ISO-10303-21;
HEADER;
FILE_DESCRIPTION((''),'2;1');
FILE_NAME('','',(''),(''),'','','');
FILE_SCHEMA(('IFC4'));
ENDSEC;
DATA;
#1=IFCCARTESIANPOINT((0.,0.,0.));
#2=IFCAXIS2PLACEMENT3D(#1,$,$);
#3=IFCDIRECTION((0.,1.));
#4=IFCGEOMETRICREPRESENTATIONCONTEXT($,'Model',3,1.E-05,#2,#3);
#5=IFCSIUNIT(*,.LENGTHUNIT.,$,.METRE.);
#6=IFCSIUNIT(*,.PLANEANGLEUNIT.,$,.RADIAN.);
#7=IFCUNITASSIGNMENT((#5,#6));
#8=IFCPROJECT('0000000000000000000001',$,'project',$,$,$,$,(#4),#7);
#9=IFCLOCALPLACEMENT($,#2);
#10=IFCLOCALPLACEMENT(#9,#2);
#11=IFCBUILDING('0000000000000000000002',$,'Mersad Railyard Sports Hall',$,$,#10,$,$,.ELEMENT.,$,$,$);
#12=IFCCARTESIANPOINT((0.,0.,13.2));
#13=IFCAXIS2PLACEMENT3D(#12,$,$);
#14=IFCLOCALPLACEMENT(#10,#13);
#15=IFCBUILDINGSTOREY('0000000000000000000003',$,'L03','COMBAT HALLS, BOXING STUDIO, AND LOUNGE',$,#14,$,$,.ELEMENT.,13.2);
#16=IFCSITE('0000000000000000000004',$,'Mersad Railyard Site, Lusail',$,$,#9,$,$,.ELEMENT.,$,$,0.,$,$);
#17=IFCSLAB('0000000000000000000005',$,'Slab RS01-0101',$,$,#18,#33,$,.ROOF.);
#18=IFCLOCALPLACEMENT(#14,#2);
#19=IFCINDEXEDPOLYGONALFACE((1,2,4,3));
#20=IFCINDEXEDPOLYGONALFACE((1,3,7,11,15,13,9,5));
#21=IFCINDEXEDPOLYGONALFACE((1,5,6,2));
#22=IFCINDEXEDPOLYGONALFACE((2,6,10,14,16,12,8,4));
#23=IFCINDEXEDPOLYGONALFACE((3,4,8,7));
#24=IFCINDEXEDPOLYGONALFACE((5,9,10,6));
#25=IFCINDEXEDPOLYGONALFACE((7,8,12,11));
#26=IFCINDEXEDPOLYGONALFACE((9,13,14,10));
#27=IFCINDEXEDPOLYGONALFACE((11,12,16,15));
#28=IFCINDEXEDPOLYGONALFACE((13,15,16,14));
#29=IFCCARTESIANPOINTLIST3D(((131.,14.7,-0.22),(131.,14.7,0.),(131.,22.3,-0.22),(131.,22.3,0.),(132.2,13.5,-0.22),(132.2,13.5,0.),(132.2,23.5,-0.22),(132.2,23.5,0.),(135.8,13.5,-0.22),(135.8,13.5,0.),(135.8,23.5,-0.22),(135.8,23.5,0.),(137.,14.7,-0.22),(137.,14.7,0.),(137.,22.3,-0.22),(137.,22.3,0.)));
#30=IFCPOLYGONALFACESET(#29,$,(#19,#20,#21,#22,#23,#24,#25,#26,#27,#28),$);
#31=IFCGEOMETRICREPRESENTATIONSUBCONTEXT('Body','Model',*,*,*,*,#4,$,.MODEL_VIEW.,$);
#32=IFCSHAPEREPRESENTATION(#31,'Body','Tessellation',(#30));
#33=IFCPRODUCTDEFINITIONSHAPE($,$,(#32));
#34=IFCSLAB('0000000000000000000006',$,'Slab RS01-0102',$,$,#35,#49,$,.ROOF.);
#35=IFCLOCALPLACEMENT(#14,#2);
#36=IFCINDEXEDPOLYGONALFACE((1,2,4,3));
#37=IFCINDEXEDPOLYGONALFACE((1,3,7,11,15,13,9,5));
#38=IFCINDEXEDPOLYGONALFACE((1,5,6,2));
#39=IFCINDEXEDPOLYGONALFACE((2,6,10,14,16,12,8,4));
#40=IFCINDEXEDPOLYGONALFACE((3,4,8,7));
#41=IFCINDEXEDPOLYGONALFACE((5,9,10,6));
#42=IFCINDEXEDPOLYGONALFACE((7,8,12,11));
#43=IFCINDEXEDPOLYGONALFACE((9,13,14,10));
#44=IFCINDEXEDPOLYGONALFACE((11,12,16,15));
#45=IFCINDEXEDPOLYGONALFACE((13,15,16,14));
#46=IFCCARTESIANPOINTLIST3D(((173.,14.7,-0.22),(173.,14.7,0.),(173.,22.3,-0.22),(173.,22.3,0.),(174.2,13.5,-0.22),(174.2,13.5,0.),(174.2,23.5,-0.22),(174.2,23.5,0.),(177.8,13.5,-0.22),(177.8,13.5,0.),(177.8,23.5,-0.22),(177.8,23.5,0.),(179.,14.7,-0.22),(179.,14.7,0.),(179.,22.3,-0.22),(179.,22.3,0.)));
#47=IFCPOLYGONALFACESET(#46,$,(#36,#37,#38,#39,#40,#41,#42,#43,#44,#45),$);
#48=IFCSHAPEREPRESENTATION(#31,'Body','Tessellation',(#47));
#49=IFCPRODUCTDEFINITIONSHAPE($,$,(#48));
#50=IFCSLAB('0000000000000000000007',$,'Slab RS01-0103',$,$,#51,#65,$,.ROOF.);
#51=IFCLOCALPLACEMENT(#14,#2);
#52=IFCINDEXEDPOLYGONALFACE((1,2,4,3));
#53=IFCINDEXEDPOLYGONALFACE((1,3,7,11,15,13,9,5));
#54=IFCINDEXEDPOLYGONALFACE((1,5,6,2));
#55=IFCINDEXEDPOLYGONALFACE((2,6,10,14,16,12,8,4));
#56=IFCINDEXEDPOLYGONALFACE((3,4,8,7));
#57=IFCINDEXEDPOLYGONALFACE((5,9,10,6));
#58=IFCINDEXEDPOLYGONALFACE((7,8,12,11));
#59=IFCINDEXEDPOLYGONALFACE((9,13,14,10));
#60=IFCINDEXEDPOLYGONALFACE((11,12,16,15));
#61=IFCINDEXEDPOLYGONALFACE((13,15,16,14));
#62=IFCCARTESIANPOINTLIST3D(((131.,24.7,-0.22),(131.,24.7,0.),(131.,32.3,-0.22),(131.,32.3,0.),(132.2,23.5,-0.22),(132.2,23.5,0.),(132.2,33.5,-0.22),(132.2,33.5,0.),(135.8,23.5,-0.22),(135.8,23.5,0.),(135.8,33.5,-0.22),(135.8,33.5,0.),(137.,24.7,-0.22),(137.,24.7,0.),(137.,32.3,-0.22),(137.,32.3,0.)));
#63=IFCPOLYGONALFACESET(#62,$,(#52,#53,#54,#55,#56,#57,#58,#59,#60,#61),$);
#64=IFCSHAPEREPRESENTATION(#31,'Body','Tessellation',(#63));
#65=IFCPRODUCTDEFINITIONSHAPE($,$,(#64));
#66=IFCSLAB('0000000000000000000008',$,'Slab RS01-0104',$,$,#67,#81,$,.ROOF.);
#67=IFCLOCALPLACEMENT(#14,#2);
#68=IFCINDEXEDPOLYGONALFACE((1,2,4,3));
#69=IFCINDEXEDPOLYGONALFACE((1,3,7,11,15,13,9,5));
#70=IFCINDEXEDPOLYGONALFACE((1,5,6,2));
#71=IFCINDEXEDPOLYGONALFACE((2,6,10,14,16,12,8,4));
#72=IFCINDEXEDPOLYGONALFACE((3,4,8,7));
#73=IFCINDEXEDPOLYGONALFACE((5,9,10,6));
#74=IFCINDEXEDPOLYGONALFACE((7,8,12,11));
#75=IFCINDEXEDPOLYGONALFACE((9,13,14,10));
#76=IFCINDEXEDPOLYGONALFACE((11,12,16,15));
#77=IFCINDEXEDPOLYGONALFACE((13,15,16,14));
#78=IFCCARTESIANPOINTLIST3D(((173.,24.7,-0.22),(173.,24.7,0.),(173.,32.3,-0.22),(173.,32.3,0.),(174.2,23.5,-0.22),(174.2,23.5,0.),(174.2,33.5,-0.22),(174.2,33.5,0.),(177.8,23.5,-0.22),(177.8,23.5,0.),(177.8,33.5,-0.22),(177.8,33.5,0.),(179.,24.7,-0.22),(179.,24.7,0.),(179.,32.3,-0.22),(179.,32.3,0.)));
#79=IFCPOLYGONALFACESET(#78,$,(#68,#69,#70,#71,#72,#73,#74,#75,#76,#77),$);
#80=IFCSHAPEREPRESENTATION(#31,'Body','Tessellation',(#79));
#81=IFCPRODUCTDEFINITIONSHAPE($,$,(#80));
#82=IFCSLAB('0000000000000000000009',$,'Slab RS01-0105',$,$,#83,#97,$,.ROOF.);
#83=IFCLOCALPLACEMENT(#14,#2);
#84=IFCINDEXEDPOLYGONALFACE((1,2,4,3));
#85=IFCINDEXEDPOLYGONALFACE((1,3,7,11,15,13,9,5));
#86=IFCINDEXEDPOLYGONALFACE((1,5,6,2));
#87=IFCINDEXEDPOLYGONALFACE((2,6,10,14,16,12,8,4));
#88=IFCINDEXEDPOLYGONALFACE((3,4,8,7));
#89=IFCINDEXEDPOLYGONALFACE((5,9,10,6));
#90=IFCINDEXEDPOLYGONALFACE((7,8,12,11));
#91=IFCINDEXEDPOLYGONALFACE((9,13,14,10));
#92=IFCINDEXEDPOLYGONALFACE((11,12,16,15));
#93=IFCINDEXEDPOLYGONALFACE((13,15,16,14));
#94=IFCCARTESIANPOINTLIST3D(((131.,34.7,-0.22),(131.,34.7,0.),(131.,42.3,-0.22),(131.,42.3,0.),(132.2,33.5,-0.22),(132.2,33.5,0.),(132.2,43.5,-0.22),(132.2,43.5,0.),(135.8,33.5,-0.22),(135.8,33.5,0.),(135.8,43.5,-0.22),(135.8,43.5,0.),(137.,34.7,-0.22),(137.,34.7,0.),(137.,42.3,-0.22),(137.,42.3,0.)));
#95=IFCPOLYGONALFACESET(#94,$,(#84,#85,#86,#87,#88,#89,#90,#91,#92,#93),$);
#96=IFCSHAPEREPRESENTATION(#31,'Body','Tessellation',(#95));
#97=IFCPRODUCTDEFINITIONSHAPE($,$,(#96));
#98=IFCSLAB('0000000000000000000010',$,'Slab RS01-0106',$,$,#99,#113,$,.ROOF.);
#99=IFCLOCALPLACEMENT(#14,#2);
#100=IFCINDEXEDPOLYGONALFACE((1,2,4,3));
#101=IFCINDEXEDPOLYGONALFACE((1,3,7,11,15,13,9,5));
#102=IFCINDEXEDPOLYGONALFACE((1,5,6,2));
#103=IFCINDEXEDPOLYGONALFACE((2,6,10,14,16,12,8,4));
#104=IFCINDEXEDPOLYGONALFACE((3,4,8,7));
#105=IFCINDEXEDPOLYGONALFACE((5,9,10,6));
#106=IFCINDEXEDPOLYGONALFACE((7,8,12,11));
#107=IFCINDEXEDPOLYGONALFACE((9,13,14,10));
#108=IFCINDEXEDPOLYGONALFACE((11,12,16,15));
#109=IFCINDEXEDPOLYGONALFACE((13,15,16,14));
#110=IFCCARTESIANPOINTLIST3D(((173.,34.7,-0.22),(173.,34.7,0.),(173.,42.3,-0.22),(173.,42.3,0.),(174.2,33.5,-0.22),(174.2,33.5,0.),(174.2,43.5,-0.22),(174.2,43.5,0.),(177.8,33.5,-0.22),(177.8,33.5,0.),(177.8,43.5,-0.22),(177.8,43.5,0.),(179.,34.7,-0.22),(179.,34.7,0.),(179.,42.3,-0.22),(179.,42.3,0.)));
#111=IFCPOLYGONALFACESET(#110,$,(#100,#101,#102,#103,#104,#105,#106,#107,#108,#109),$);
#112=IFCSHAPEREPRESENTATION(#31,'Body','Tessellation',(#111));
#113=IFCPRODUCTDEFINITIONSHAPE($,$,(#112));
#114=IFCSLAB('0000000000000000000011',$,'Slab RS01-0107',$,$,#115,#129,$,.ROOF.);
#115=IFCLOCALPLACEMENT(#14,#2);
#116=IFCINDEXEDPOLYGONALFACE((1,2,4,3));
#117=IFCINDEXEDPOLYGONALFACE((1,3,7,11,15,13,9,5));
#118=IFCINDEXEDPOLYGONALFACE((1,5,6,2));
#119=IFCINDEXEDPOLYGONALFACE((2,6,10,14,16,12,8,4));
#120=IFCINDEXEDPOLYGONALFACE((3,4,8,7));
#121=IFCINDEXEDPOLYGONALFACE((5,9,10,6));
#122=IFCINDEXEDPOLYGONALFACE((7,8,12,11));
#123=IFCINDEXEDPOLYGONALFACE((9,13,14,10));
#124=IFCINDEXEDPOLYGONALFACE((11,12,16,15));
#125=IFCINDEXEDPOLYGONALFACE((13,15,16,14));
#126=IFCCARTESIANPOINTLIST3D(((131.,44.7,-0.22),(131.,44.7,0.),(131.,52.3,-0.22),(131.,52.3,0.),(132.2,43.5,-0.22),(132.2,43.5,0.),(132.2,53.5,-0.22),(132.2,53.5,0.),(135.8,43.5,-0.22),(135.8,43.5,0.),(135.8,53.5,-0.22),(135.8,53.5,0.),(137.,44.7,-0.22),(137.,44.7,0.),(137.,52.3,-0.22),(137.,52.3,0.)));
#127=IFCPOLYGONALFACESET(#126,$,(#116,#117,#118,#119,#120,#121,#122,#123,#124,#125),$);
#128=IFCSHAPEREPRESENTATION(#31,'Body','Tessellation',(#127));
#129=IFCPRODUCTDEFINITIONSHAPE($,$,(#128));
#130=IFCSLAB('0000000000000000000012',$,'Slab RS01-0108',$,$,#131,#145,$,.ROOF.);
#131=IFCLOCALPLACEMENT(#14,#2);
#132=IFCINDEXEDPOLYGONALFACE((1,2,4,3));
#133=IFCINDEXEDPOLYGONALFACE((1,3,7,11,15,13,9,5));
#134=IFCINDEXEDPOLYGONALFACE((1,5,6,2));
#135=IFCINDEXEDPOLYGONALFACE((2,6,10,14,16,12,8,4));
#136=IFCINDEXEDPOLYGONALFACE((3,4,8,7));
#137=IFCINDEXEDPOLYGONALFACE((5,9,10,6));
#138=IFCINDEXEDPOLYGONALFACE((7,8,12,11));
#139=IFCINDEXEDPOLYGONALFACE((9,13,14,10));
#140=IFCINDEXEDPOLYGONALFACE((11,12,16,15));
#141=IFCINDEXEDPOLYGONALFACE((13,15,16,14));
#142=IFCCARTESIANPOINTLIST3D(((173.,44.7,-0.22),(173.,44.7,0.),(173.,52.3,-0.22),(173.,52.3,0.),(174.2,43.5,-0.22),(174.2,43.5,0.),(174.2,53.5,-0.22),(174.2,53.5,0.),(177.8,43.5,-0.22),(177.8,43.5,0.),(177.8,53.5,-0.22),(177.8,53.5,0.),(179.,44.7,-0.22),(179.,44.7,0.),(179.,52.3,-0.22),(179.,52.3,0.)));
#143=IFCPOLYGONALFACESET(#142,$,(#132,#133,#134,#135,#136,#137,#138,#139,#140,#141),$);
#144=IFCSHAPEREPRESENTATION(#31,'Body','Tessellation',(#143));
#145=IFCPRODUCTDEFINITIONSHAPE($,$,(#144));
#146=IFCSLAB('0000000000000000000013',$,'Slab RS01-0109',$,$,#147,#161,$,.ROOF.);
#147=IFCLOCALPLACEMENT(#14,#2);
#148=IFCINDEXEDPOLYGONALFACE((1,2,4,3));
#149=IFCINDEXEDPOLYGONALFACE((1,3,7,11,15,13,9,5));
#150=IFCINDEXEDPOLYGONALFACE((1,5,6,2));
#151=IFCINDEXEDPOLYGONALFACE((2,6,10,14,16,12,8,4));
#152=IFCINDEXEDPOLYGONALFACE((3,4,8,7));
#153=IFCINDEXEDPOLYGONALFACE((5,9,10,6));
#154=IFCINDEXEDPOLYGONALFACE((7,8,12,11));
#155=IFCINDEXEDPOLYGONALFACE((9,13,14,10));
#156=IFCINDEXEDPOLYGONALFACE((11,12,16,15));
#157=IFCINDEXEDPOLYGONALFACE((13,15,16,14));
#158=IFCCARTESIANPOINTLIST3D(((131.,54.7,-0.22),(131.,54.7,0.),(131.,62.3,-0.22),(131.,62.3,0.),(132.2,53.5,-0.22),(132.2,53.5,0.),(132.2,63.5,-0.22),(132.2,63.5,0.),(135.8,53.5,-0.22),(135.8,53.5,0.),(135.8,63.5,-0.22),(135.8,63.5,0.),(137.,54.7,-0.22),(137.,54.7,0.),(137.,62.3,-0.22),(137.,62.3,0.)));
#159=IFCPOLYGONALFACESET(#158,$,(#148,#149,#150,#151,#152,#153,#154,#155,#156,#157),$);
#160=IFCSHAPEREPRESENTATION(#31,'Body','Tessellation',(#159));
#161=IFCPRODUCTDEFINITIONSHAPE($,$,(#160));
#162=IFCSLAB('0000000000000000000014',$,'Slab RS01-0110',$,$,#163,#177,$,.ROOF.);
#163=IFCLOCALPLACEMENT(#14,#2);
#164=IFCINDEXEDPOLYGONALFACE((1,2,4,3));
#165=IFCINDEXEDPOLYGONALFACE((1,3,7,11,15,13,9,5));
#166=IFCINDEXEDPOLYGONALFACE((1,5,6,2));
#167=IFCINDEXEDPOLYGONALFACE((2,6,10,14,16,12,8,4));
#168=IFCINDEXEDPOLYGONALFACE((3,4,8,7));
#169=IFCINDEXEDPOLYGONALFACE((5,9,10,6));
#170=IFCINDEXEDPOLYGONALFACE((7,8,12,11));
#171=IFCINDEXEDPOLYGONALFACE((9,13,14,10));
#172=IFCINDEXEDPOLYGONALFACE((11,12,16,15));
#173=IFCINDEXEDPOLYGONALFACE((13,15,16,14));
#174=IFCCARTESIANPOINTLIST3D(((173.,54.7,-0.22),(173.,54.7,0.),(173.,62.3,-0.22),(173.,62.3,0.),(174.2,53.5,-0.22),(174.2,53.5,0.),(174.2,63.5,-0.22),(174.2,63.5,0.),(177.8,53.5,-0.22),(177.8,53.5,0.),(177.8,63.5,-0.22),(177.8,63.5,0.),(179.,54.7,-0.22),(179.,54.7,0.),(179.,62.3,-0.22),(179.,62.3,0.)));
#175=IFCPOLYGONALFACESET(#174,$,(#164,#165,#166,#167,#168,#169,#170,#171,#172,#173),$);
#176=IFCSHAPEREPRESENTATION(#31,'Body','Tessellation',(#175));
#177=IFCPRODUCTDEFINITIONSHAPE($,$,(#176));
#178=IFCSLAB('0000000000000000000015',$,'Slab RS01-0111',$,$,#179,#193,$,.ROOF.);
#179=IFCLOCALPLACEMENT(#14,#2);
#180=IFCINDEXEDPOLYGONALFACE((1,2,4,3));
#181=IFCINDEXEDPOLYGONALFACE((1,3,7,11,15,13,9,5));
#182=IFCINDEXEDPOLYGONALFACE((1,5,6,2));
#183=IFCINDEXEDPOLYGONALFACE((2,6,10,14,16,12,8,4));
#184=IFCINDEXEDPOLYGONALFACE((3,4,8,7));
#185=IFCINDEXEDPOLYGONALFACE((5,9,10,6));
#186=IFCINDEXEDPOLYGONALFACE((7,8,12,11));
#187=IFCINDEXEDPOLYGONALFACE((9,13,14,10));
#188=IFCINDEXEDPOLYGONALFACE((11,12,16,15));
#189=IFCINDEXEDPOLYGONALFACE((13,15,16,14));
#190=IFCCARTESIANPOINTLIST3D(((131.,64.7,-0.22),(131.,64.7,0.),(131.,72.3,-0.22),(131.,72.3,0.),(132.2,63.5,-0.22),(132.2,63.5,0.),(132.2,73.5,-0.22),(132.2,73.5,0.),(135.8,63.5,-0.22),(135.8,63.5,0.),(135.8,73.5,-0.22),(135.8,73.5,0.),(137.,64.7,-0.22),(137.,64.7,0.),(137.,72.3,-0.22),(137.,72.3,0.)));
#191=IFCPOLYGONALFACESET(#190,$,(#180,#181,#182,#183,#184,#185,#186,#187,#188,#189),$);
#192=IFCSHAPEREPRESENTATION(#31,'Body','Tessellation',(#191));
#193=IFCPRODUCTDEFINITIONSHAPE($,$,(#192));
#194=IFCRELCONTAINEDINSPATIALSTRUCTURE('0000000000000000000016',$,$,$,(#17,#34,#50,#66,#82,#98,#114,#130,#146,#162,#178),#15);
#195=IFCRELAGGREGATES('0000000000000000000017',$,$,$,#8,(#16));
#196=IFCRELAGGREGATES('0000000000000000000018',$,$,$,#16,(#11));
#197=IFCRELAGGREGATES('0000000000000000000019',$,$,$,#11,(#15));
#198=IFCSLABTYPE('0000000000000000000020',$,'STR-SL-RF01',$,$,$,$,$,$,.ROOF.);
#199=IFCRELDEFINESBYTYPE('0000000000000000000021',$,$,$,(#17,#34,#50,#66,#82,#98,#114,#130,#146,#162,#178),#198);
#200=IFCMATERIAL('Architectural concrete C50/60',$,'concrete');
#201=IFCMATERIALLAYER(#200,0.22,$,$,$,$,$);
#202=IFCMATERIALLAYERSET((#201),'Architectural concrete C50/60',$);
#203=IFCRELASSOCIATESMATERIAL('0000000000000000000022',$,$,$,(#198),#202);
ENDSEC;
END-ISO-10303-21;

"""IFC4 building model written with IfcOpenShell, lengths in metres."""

from ifc_helpers import new_model, si_unit, direction, frame, origin, place, context, subcontext, project, spatial, polyline, outline, extrude, material, layer, layer_set, type_object, element, save


model = new_model("IFC4")

# Units and contexts
model_context = context("Model", 3, precision=1e-05, world=origin(), true_north=direction((0.0, 1.0)))
body_context = subcontext(model_context, "Body", "Model", "MODEL_VIEW")
ifc_project = project(units=[si_unit("LENGTHUNIT", "METRE"), si_unit("PLANEANGLEUNIT", "RADIAN")], contexts=[model_context])

# Site, building, storey
site_placement = place(None, origin())
site = spatial("IfcSite", under=ifc_project, at=site_placement, Name="Mersad Railyard Site, Lusail", CompositionType="ELEMENT", RefElevation=0.0)
building_placement = place(site_placement, origin())
building = spatial("IfcBuilding", under=site, at=building_placement, Name="Mersad Railyard Sports Hall", CompositionType="ELEMENT")
storey_placement = place(building_placement, frame((0.0, 0.0, 13.2)))
storey = spatial("IfcBuildingStorey", under=building, at=storey_placement, Name="L03", Description="COMBAT HALLS, BOXING STUDIO, AND LOUNGE", CompositionType="ELEMENT", Elevation=13.2)

# Shared definitions
ifc_material_1 = material(Name="Architectural concrete C50/60", Category="concrete")
ifc_layer_1 = layer(ifc_material_1, 0.22)
ifc_layer_set_1 = layer_set([ifc_layer_1], Name="Architectural concrete C50/60")
slab_type_1 = type_object("IfcSlabType", Name="STR-SL-RF01", PredefinedType="ROOF", material=ifc_layer_set_1)

# Slabs
slab_1_placement = place(storey_placement, frame((0.0, 0.0, -0.22)))
element("IfcSlab", 1, at=slab_1_placement, inside=storey, type_object=slab_type_1, Name="Slab RS01-0101", PredefinedType="ROOF", context=body_context, shape_type="SweptSolid", body=[
    extrude(outline(polyline([(132.2, 13.5), (135.8, 13.5), (137.0, 14.7), (137.0, 22.3), (135.8, 23.5), (132.2, 23.5), (131.0, 22.3), (131.0, 14.7), (132.2, 13.5)])), origin(), (0.0, 0.0, 1.0), 0.22),
])
slab_2_placement = place(storey_placement, frame((0.0, 0.0, -0.22)))
element("IfcSlab", 2, at=slab_2_placement, inside=storey, type_object=slab_type_1, Name="Slab RS01-0102", PredefinedType="ROOF", context=body_context, shape_type="SweptSolid", body=[
    extrude(outline(polyline([(174.2, 13.5), (177.8, 13.5), (179.0, 14.7), (179.0, 22.3), (177.8, 23.5), (174.2, 23.5), (173.0, 22.3), (173.0, 14.7), (174.2, 13.5)])), origin(), (0.0, 0.0, 1.0), 0.22),
])
slab_3_placement = place(storey_placement, frame((0.0, 0.0, -0.22)))
element("IfcSlab", 3, at=slab_3_placement, inside=storey, type_object=slab_type_1, Name="Slab RS01-0103", PredefinedType="ROOF", context=body_context, shape_type="SweptSolid", body=[
    extrude(outline(polyline([(132.2, 23.5), (135.8, 23.5), (137.0, 24.7), (137.0, 32.3), (135.8, 33.5), (132.2, 33.5), (131.0, 32.3), (131.0, 24.7), (132.2, 23.5)])), origin(), (0.0, 0.0, 1.0), 0.22),
])
slab_4_placement = place(storey_placement, frame((0.0, 0.0, -0.22)))
element("IfcSlab", 4, at=slab_4_placement, inside=storey, type_object=slab_type_1, Name="Slab RS01-0104", PredefinedType="ROOF", context=body_context, shape_type="SweptSolid", body=[
    extrude(outline(polyline([(174.2, 23.5), (177.8, 23.5), (179.0, 24.7), (179.0, 32.3), (177.8, 33.5), (174.2, 33.5), (173.0, 32.3), (173.0, 24.7), (174.2, 23.5)])), origin(), (0.0, 0.0, 1.0), 0.22),
])
slab_5_placement = place(storey_placement, frame((0.0, 0.0, -0.22)))
element("IfcSlab", 5, at=slab_5_placement, inside=storey, type_object=slab_type_1, Name="Slab RS01-0105", PredefinedType="ROOF", context=body_context, shape_type="SweptSolid", body=[
    extrude(outline(polyline([(132.2, 33.5), (135.8, 33.5), (137.0, 34.7), (137.0, 42.3), (135.8, 43.5), (132.2, 43.5), (131.0, 42.3), (131.0, 34.7), (132.2, 33.5)])), origin(), (0.0, 0.0, 1.0), 0.22),
])
slab_6_placement = place(storey_placement, frame((0.0, 0.0, -0.22)))
element("IfcSlab", 6, at=slab_6_placement, inside=storey, type_object=slab_type_1, Name="Slab RS01-0106", PredefinedType="ROOF", context=body_context, shape_type="SweptSolid", body=[
    extrude(outline(polyline([(174.2, 33.5), (177.8, 33.5), (179.0, 34.7), (179.0, 42.3), (177.8, 43.5), (174.2, 43.5), (173.0, 42.3), (173.0, 34.7), (174.2, 33.5)])), origin(), (0.0, 0.0, 1.0), 0.22),
])
slab_7_placement = place(storey_placement, frame((0.0, 0.0, -0.22)))
element("IfcSlab", 7, at=slab_7_placement, inside=storey, type_object=slab_type_1, Name="Slab RS01-0107", PredefinedType="ROOF", context=body_context, shape_type="SweptSolid", body=[
    extrude(outline(polyline([(132.2, 43.5), (135.8, 43.5), (137.0, 44.7), (137.0, 52.3), (135.8, 53.5), (132.2, 53.5), (131.0, 52.3), (131.0, 44.7), (132.2, 43.5)])), origin(), (0.0, 0.0, 1.0), 0.22),
])
slab_8_placement = place(storey_placement, frame((0.0, 0.0, -0.22)))
element("IfcSlab", 8, at=slab_8_placement, inside=storey, type_object=slab_type_1, Name="Slab RS01-0108", PredefinedType="ROOF", context=body_context, shape_type="SweptSolid", body=[
    extrude(outline(polyline([(174.2, 43.5), (177.8, 43.5), (179.0, 44.7), (179.0, 52.3), (177.8, 53.5), (174.2, 53.5), (173.0, 52.3), (173.0, 44.7), (174.2, 43.5)])), origin(), (0.0, 0.0, 1.0), 0.22),
])
slab_9_placement = place(storey_placement, frame((0.0, 0.0, -0.22)))
element("IfcSlab", 9, at=slab_9_placement, inside=storey, type_object=slab_type_1, Name="Slab RS01-0109", PredefinedType="ROOF", context=body_context, shape_type="SweptSolid", body=[
    extrude(outline(polyline([(132.2, 53.5), (135.8, 53.5), (137.0, 54.7), (137.0, 62.3), (135.8, 63.5), (132.2, 63.5), (131.0, 62.3), (131.0, 54.7), (132.2, 53.5)])), origin(), (0.0, 0.0, 1.0), 0.22),
])
slab_10_placement = place(storey_placement, frame((0.0, 0.0, -0.22)))
element("IfcSlab", 10, at=slab_10_placement, inside=storey, type_object=slab_type_1, Name="Slab RS01-0110", PredefinedType="ROOF", context=body_context, shape_type="SweptSolid", body=[
    extrude(outline(polyline([(174.2, 53.5), (177.8, 53.5), (179.0, 54.7), (179.0, 62.3), (177.8, 63.5), (174.2, 63.5), (173.0, 62.3), (173.0, 54.7), (174.2, 53.5)])), origin(), (0.0, 0.0, 1.0), 0.22),
])
slab_11_placement = place(storey_placement, frame((0.0, 0.0, -0.22)))
element("IfcSlab", 11, at=slab_11_placement, inside=storey, type_object=slab_type_1, Name="Slab RS01-0111", PredefinedType="ROOF", context=body_context, shape_type="SweptSolid", body=[
    extrude(outline(polyline([(132.2, 63.5), (135.8, 63.5), (137.0, 64.7), (137.0, 72.3), (135.8, 73.5), (132.2, 73.5), (131.0, 72.3), (131.0, 64.7), (132.2, 63.5)])), origin(), (0.0, 0.0, 1.0), 0.22),
])

save(model, "model.ifc")
